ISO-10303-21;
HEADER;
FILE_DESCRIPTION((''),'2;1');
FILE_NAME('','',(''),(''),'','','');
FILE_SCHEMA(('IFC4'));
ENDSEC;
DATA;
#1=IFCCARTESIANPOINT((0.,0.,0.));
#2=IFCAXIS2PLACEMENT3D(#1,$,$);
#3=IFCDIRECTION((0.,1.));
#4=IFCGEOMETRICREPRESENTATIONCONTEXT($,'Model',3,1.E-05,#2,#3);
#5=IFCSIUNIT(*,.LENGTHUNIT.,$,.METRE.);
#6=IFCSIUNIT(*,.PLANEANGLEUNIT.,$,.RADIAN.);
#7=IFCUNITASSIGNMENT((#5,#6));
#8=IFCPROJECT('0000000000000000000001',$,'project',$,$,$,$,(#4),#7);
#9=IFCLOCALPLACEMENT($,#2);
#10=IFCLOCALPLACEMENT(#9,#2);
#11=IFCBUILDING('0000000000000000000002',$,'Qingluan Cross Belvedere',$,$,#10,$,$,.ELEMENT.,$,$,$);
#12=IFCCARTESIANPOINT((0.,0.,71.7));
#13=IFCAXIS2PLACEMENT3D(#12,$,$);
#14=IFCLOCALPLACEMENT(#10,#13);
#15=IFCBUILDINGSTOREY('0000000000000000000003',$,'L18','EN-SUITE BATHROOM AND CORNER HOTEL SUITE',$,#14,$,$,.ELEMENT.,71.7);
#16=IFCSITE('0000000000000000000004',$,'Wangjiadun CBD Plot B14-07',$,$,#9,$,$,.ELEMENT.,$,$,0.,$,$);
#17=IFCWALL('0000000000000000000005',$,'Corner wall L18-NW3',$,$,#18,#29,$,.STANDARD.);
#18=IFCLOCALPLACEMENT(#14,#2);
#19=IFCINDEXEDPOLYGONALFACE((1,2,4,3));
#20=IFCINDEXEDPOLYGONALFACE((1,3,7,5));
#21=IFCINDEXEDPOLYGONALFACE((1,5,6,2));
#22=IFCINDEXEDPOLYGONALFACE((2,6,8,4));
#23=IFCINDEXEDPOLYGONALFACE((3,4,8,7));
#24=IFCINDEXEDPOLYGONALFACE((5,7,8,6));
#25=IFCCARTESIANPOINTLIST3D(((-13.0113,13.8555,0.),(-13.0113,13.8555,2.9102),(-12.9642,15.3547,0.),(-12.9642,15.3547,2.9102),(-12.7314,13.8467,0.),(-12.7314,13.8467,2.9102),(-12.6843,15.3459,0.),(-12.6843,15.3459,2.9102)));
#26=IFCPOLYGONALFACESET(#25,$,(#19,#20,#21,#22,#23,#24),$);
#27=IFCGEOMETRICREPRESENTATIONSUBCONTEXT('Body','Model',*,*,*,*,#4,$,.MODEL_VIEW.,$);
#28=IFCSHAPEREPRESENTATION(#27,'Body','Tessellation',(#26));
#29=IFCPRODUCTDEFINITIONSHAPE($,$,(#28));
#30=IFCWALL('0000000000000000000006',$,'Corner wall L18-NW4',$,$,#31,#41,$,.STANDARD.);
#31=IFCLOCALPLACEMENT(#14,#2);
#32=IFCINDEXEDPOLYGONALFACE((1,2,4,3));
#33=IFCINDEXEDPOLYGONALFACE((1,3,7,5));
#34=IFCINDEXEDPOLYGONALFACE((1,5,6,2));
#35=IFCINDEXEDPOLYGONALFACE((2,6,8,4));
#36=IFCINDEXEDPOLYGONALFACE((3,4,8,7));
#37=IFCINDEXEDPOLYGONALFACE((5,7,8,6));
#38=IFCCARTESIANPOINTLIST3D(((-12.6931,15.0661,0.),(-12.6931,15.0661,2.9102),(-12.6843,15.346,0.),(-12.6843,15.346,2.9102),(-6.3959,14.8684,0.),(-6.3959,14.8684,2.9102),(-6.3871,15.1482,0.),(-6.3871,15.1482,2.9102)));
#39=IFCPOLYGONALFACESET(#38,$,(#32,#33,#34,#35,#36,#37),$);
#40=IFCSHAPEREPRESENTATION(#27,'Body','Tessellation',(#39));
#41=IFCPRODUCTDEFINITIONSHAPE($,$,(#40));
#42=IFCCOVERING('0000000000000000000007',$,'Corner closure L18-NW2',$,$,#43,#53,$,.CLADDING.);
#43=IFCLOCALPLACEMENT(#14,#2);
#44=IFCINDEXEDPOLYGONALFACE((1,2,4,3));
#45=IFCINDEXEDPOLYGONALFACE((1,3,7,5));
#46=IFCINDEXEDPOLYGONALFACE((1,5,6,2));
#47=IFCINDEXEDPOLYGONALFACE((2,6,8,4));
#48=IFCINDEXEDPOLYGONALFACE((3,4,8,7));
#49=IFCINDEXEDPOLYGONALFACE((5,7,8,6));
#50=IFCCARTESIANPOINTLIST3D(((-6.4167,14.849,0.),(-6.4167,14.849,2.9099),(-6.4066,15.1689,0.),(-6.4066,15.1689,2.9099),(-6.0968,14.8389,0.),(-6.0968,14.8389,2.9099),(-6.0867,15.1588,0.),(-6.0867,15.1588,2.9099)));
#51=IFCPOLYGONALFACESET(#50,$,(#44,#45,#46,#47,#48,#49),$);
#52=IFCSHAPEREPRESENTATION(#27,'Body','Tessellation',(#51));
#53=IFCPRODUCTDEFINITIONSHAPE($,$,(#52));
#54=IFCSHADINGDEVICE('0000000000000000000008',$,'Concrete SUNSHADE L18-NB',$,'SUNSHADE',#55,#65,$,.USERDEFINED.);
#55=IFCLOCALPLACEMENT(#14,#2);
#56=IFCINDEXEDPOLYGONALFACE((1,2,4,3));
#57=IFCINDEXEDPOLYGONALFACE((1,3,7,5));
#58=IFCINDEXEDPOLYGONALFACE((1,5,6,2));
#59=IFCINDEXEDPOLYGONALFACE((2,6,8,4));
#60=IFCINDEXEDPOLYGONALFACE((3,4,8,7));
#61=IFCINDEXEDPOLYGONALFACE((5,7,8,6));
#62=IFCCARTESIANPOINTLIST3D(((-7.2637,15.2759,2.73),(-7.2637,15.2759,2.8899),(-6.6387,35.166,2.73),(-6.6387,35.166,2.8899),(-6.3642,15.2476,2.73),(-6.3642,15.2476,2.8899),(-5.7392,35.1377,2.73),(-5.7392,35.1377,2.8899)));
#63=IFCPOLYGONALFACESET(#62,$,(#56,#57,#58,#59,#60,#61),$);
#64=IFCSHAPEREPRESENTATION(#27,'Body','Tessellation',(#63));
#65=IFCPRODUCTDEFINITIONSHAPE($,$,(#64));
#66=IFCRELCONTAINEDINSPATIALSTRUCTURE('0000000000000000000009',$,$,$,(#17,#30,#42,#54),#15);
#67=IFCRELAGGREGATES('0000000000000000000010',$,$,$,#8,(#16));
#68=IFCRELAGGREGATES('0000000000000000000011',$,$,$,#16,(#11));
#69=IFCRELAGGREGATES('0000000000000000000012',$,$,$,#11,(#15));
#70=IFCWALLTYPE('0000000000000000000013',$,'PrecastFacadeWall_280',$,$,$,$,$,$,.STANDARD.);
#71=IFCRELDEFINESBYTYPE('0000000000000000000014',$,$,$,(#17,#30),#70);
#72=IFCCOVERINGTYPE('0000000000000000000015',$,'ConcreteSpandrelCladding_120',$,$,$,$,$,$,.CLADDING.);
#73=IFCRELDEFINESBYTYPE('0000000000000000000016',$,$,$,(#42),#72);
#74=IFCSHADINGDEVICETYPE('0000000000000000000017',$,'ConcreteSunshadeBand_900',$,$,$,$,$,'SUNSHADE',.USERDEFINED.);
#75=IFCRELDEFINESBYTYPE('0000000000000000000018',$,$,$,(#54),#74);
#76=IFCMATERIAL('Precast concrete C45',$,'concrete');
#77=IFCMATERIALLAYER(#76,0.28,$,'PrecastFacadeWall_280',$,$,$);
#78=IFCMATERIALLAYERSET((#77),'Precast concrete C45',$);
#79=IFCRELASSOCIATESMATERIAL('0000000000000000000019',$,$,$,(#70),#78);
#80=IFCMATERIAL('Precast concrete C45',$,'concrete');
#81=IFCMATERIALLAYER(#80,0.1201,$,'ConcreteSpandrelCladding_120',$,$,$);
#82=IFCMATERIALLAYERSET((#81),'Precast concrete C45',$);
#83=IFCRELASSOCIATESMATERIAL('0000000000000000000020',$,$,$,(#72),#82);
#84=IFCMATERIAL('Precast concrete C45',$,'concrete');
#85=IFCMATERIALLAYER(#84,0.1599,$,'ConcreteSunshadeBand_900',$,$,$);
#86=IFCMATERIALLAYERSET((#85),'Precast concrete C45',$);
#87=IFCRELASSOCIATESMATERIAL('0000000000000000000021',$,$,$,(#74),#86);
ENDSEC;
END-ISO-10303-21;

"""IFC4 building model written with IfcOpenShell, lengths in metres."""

from ifc_helpers import new_model, si_unit, direction, frame, frame_2d, origin, origin_2d, place, context, subcontext, project, spatial, rectangle, extrude, material, layer, layer_set, type_object, element, save


model = new_model("IFC4")

# Units and contexts
model_context = context("Model", 3, precision=1e-05, world=origin(), true_north=direction((0.0, 1.0)))
body_context = subcontext(model_context, "Body", "Model", "MODEL_VIEW")
ifc_project = project(units=[si_unit("LENGTHUNIT", "METRE"), si_unit("PLANEANGLEUNIT", "RADIAN")], contexts=[model_context])

# Site, building, storey
site_placement = place(None, origin())
site = spatial("IfcSite", under=ifc_project, at=site_placement, Name="Wangjiadun CBD Plot B14-07", CompositionType="ELEMENT", RefElevation=0.0)
building_placement = place(site_placement, origin())
building = spatial("IfcBuilding", under=site, at=building_placement, Name="Qingluan Cross Belvedere", CompositionType="ELEMENT")
storey_placement = place(building_placement, frame((0.0, 0.0, 71.7)))
storey = spatial("IfcBuildingStorey", under=building, at=storey_placement, Name="L18", Description="EN-SUITE BATHROOM AND CORNER HOTEL SUITE", CompositionType="ELEMENT", Elevation=71.7)

# Shared definitions
ifc_material_1 = material(Name="Precast concrete C45", Category="concrete")
ifc_layer_1 = layer(ifc_material_1, 0.28, Name="PrecastFacadeWall_280")
ifc_layer_set_1 = layer_set([ifc_layer_1], Name="Precast concrete C45")
wall_type_1 = type_object("IfcWallType", Name="PrecastFacadeWall_280", PredefinedType="STANDARD", material=ifc_layer_set_1)

# Walls
wall_1_placement = place(storey_placement, frame((-12.8713, 13.8511, 0.0), z_axis=(0.0, 0.0, 1.0), x_axis=(0.031413, 0.999507, 0.0)))
element("IfcWall", 1, at=wall_1_placement, inside=storey, type_object=wall_type_1, Name="Corner wall L18-NW3", PredefinedType="STANDARD", context=body_context, shape_type="SweptSolid", body=[
    extrude(rectangle(XDim=1.5, YDim=0.28, at=frame_2d((0.75, 0.0))), origin(), (0.0, 0.0, 1.0), 2.9102),
])
wall_2_placement = place(storey_placement, frame((-12.6887, 15.2061, 0.0), z_axis=(0.0, 0.0, 1.0), x_axis=(0.999507, -0.031388, 0.0)))
element("IfcWall", 2, at=wall_2_placement, inside=storey, type_object=wall_type_1, Name="Corner wall L18-NW4", PredefinedType="STANDARD", context=body_context, shape_type="SweptSolid", body=[
    extrude(rectangle(XDim=6.3003, YDim=0.28, at=frame_2d((3.1501, 0.0))), origin(), (0.0, 0.0, 1.0), 2.9102),
])

# Covering
ifc_material_2 = material(Name="Precast concrete C45", Category="concrete")
ifc_layer_2 = layer(ifc_material_2, 0.1201, Name="ConcreteSpandrelCladding_120")
ifc_layer_set_2 = layer_set([ifc_layer_2], Name="Precast concrete C45")
covering_type = type_object("IfcCoveringType", Name="ConcreteSpandrelCladding_120", PredefinedType="CLADDING", material=ifc_layer_set_2)
covering_placement = place(storey_placement, frame((-6.2517, 15.0039, 0.0), z_axis=(0.0, 0.0, 1.0), x_axis=(0.999507, -0.031411, 0.0)))
element("IfcCovering", 3, at=covering_placement, inside=storey, type_object=covering_type, Name="Corner closure L18-NW2", PredefinedType="CLADDING", context=body_context, shape_type="SweptSolid", body=[
    extrude(rectangle(XDim=0.3201, YDim=0.3201, at=origin_2d()), origin(), (0.0, 0.0, 1.0), 2.9099),
])

# Shading device
ifc_material_3 = material(Name="Precast concrete C45", Category="concrete")
ifc_layer_3 = layer(ifc_material_3, 0.1599, Name="ConcreteSunshadeBand_900")
ifc_layer_set_3 = layer_set([ifc_layer_3], Name="Precast concrete C45")
shading_device_type = type_object("IfcShadingDeviceType", Name="ConcreteSunshadeBand_900", ElementType="SUNSHADE", PredefinedType="USERDEFINED", material=ifc_layer_set_3)
shading_device_placement = place(storey_placement, frame((-6.5015, 25.2068, 2.73), z_axis=(0.0, 0.0, 1.0), x_axis=(-0.031408, -0.999507, 0.0)))
element("IfcShadingDevice", 4, at=shading_device_placement, inside=storey, type_object=shading_device_type, Name="Concrete SUNSHADE L18-NB", ObjectType="SUNSHADE", PredefinedType="USERDEFINED", context=body_context, shape_type="SweptSolid", body=[
    extrude(rectangle(XDim=19.8999, YDim=0.8999, at=origin_2d()), origin(), (0.0, 0.0, 1.0), 0.1599),
])

save(model, "model.ifc")
